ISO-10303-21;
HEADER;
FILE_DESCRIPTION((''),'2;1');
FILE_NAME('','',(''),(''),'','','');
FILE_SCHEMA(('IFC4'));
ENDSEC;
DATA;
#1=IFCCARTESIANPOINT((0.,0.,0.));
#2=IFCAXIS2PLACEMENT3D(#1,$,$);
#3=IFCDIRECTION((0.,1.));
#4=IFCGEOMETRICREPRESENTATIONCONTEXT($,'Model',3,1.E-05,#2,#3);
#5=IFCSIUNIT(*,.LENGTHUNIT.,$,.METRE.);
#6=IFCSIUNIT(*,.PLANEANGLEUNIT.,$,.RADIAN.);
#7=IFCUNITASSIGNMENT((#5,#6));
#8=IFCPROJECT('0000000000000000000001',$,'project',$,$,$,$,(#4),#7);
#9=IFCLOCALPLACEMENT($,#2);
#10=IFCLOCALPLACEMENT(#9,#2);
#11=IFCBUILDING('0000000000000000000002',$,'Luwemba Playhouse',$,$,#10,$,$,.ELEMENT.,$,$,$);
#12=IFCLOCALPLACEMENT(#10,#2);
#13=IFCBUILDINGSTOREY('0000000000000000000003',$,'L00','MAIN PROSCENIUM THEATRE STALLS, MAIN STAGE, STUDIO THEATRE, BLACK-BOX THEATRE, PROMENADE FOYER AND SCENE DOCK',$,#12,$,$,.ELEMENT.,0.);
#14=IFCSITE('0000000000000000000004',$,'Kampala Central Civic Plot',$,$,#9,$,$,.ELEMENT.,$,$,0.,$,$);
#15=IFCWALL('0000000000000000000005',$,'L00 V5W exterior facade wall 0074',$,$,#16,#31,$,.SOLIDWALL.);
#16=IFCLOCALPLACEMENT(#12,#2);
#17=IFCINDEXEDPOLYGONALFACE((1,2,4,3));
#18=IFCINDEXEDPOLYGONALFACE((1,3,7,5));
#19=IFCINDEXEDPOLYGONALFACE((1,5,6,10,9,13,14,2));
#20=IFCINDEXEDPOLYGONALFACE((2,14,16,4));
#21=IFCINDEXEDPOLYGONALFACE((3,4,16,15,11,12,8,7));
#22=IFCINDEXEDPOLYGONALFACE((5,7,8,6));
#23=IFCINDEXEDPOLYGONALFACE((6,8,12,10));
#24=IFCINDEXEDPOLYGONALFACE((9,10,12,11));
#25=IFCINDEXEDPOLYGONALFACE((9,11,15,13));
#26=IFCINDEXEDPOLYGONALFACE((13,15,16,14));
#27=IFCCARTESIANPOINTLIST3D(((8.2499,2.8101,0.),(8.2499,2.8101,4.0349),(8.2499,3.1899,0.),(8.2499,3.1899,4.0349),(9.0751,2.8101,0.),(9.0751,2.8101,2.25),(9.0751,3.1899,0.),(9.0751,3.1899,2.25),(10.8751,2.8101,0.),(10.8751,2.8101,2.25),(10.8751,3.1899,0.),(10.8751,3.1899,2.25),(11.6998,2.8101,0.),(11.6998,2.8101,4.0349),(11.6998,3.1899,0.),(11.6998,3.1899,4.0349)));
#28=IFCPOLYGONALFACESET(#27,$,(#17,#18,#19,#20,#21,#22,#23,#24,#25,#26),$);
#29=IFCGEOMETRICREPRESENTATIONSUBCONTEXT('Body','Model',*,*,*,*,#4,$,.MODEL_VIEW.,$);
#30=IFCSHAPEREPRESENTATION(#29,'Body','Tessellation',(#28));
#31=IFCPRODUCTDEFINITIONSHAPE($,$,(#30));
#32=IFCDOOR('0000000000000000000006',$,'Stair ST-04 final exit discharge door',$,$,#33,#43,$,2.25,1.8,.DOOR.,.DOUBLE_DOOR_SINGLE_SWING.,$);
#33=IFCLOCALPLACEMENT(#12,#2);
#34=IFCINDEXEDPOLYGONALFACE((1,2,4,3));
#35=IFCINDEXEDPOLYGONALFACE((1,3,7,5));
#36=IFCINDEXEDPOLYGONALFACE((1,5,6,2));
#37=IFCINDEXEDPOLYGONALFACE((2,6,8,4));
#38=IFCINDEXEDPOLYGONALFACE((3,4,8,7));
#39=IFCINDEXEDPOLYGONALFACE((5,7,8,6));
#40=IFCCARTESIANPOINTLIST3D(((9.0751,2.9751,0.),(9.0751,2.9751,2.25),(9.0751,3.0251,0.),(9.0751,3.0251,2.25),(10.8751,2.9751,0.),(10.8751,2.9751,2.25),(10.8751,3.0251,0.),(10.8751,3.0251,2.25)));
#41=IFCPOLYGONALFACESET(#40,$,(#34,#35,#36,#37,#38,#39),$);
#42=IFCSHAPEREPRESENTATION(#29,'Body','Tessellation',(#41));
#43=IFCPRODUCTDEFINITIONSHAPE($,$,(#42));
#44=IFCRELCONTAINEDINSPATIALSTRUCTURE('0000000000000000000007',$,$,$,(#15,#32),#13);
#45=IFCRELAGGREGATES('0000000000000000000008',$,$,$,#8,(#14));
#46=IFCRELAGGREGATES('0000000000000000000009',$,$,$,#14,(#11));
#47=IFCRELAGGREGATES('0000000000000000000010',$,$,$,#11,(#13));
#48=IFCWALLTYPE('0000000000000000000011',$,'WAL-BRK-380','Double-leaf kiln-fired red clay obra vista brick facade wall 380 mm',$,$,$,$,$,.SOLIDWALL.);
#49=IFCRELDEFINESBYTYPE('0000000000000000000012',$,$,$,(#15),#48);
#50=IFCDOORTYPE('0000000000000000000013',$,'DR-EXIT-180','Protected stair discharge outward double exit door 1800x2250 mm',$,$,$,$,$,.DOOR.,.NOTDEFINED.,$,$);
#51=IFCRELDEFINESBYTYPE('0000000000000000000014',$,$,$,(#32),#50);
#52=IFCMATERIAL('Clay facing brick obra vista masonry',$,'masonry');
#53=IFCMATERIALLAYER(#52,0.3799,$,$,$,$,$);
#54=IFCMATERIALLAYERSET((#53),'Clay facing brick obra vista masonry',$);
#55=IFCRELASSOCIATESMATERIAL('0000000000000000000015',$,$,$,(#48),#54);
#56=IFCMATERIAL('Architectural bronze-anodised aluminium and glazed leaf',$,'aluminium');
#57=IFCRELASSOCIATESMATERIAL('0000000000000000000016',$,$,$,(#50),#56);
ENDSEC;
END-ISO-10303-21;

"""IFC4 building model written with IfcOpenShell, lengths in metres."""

from ifc_helpers import new_model, si_unit, direction, frame, frame_2d, origin, place, context, subcontext, project, spatial, rectangle, extrude, material, layer, layer_set, type_object, element, fill, save


model = new_model("IFC4")

# Units and contexts
model_context = context("Model", 3, precision=1e-05, world=origin(), true_north=direction((0.0, 1.0)))
body_context = subcontext(model_context, "Body", "Model", "MODEL_VIEW")
ifc_project = project(units=[si_unit("LENGTHUNIT", "METRE"), si_unit("PLANEANGLEUNIT", "RADIAN")], contexts=[model_context])

# Site, building, storey
site_placement = place(None, origin())
site = spatial("IfcSite", under=ifc_project, at=site_placement, Name="Kampala Central Civic Plot", CompositionType="ELEMENT", RefElevation=0.0)
building_placement = place(site_placement, origin())
building = spatial("IfcBuilding", under=site, at=building_placement, Name="Luwemba Playhouse", CompositionType="ELEMENT")
storey_placement = place(building_placement, origin())
storey = spatial("IfcBuildingStorey", under=building, at=storey_placement, Name="L00", Description="MAIN PROSCENIUM THEATRE STALLS, MAIN STAGE, STUDIO THEATRE, BLACK-BOX THEATRE, PROMENADE FOYER AND SCENE DOCK", CompositionType="ELEMENT", Elevation=0.0)

# Wall, opening, door
ifc_material_1 = material(Name="Clay facing brick obra vista masonry", Category="masonry")
ifc_layer_1 = layer(ifc_material_1, 0.3799)
ifc_layer_set_1 = layer_set([ifc_layer_1], Name="Clay facing brick obra vista masonry")
wall_type = type_object("IfcWallType", Name="WAL-BRK-380", Description="Double-leaf kiln-fired red clay obra vista brick facade wall 380 mm", PredefinedType="SOLIDWALL", material=ifc_layer_set_1)
wall_placement = place(storey_placement, frame((11.7, 3.0, 0.0), z_axis=(0.0, 0.0, 1.0), x_axis=(-1.0, 0.0, 0.0)))
wall = element("IfcWall", 1, at=wall_placement, inside=storey, type_object=wall_type, Name="L00 V5W exterior facade wall 0074", PredefinedType="SOLIDWALL", context=body_context, shape_type="SweptSolid", body=[
    extrude(rectangle(XDim=3.45, YDim=0.3799, at=frame_2d((1.7251, 0.0))), origin(), (0.0, 0.0, 1.0), 4.0349),
])
opening_placement = place(wall_placement, frame((0.825, 0.0, 0.0)))
opening = element("IfcOpeningElement", 2, at=opening_placement, cuts=wall, PredefinedType="OPENING", context=body_context, shape_type="SweptSolid", body=[
    extrude(rectangle(XDim=1.8, YDim=2.25, at=frame_2d((0.8999, 1.125))), frame((0.0, 0.2, 0.0), z_axis=(0.0, -1.0, 0.0), x_axis=(1.0, 0.0, 0.0)), (0.0, 0.0, 1.0), 0.3999),
])
ifc_material_2 = material(Name="Architectural bronze-anodised aluminium and glazed leaf", Category="aluminium")
door_type = type_object("IfcDoorType", Name="DR-EXIT-180", Description="Protected stair discharge outward double exit door 1800x2250 mm", OperationType="NOTDEFINED", PredefinedType="DOOR", material=ifc_material_2)
door_placement = place(opening_placement, origin())
door = element("IfcDoor", 3, at=door_placement, inside=storey, type_object=door_type, Name="Stair ST-04 final exit discharge door", OperationType="DOUBLE_DOOR_SINGLE_SWING", OverallHeight=2.25, OverallWidth=1.8, PredefinedType="DOOR", context=body_context, shape_type="SweptSolid", body=[
    extrude(rectangle(XDim=1.8, YDim=2.25, at=frame_2d((0.8999, 1.125))), frame((0.0, 0.0249, 0.0), z_axis=(0.0, -1.0, 0.0), x_axis=(1.0, 0.0, 0.0)), (0.0, 0.0, 1.0), 0.05),
])
fill(opening, door)

save(model, "model.ifc")
